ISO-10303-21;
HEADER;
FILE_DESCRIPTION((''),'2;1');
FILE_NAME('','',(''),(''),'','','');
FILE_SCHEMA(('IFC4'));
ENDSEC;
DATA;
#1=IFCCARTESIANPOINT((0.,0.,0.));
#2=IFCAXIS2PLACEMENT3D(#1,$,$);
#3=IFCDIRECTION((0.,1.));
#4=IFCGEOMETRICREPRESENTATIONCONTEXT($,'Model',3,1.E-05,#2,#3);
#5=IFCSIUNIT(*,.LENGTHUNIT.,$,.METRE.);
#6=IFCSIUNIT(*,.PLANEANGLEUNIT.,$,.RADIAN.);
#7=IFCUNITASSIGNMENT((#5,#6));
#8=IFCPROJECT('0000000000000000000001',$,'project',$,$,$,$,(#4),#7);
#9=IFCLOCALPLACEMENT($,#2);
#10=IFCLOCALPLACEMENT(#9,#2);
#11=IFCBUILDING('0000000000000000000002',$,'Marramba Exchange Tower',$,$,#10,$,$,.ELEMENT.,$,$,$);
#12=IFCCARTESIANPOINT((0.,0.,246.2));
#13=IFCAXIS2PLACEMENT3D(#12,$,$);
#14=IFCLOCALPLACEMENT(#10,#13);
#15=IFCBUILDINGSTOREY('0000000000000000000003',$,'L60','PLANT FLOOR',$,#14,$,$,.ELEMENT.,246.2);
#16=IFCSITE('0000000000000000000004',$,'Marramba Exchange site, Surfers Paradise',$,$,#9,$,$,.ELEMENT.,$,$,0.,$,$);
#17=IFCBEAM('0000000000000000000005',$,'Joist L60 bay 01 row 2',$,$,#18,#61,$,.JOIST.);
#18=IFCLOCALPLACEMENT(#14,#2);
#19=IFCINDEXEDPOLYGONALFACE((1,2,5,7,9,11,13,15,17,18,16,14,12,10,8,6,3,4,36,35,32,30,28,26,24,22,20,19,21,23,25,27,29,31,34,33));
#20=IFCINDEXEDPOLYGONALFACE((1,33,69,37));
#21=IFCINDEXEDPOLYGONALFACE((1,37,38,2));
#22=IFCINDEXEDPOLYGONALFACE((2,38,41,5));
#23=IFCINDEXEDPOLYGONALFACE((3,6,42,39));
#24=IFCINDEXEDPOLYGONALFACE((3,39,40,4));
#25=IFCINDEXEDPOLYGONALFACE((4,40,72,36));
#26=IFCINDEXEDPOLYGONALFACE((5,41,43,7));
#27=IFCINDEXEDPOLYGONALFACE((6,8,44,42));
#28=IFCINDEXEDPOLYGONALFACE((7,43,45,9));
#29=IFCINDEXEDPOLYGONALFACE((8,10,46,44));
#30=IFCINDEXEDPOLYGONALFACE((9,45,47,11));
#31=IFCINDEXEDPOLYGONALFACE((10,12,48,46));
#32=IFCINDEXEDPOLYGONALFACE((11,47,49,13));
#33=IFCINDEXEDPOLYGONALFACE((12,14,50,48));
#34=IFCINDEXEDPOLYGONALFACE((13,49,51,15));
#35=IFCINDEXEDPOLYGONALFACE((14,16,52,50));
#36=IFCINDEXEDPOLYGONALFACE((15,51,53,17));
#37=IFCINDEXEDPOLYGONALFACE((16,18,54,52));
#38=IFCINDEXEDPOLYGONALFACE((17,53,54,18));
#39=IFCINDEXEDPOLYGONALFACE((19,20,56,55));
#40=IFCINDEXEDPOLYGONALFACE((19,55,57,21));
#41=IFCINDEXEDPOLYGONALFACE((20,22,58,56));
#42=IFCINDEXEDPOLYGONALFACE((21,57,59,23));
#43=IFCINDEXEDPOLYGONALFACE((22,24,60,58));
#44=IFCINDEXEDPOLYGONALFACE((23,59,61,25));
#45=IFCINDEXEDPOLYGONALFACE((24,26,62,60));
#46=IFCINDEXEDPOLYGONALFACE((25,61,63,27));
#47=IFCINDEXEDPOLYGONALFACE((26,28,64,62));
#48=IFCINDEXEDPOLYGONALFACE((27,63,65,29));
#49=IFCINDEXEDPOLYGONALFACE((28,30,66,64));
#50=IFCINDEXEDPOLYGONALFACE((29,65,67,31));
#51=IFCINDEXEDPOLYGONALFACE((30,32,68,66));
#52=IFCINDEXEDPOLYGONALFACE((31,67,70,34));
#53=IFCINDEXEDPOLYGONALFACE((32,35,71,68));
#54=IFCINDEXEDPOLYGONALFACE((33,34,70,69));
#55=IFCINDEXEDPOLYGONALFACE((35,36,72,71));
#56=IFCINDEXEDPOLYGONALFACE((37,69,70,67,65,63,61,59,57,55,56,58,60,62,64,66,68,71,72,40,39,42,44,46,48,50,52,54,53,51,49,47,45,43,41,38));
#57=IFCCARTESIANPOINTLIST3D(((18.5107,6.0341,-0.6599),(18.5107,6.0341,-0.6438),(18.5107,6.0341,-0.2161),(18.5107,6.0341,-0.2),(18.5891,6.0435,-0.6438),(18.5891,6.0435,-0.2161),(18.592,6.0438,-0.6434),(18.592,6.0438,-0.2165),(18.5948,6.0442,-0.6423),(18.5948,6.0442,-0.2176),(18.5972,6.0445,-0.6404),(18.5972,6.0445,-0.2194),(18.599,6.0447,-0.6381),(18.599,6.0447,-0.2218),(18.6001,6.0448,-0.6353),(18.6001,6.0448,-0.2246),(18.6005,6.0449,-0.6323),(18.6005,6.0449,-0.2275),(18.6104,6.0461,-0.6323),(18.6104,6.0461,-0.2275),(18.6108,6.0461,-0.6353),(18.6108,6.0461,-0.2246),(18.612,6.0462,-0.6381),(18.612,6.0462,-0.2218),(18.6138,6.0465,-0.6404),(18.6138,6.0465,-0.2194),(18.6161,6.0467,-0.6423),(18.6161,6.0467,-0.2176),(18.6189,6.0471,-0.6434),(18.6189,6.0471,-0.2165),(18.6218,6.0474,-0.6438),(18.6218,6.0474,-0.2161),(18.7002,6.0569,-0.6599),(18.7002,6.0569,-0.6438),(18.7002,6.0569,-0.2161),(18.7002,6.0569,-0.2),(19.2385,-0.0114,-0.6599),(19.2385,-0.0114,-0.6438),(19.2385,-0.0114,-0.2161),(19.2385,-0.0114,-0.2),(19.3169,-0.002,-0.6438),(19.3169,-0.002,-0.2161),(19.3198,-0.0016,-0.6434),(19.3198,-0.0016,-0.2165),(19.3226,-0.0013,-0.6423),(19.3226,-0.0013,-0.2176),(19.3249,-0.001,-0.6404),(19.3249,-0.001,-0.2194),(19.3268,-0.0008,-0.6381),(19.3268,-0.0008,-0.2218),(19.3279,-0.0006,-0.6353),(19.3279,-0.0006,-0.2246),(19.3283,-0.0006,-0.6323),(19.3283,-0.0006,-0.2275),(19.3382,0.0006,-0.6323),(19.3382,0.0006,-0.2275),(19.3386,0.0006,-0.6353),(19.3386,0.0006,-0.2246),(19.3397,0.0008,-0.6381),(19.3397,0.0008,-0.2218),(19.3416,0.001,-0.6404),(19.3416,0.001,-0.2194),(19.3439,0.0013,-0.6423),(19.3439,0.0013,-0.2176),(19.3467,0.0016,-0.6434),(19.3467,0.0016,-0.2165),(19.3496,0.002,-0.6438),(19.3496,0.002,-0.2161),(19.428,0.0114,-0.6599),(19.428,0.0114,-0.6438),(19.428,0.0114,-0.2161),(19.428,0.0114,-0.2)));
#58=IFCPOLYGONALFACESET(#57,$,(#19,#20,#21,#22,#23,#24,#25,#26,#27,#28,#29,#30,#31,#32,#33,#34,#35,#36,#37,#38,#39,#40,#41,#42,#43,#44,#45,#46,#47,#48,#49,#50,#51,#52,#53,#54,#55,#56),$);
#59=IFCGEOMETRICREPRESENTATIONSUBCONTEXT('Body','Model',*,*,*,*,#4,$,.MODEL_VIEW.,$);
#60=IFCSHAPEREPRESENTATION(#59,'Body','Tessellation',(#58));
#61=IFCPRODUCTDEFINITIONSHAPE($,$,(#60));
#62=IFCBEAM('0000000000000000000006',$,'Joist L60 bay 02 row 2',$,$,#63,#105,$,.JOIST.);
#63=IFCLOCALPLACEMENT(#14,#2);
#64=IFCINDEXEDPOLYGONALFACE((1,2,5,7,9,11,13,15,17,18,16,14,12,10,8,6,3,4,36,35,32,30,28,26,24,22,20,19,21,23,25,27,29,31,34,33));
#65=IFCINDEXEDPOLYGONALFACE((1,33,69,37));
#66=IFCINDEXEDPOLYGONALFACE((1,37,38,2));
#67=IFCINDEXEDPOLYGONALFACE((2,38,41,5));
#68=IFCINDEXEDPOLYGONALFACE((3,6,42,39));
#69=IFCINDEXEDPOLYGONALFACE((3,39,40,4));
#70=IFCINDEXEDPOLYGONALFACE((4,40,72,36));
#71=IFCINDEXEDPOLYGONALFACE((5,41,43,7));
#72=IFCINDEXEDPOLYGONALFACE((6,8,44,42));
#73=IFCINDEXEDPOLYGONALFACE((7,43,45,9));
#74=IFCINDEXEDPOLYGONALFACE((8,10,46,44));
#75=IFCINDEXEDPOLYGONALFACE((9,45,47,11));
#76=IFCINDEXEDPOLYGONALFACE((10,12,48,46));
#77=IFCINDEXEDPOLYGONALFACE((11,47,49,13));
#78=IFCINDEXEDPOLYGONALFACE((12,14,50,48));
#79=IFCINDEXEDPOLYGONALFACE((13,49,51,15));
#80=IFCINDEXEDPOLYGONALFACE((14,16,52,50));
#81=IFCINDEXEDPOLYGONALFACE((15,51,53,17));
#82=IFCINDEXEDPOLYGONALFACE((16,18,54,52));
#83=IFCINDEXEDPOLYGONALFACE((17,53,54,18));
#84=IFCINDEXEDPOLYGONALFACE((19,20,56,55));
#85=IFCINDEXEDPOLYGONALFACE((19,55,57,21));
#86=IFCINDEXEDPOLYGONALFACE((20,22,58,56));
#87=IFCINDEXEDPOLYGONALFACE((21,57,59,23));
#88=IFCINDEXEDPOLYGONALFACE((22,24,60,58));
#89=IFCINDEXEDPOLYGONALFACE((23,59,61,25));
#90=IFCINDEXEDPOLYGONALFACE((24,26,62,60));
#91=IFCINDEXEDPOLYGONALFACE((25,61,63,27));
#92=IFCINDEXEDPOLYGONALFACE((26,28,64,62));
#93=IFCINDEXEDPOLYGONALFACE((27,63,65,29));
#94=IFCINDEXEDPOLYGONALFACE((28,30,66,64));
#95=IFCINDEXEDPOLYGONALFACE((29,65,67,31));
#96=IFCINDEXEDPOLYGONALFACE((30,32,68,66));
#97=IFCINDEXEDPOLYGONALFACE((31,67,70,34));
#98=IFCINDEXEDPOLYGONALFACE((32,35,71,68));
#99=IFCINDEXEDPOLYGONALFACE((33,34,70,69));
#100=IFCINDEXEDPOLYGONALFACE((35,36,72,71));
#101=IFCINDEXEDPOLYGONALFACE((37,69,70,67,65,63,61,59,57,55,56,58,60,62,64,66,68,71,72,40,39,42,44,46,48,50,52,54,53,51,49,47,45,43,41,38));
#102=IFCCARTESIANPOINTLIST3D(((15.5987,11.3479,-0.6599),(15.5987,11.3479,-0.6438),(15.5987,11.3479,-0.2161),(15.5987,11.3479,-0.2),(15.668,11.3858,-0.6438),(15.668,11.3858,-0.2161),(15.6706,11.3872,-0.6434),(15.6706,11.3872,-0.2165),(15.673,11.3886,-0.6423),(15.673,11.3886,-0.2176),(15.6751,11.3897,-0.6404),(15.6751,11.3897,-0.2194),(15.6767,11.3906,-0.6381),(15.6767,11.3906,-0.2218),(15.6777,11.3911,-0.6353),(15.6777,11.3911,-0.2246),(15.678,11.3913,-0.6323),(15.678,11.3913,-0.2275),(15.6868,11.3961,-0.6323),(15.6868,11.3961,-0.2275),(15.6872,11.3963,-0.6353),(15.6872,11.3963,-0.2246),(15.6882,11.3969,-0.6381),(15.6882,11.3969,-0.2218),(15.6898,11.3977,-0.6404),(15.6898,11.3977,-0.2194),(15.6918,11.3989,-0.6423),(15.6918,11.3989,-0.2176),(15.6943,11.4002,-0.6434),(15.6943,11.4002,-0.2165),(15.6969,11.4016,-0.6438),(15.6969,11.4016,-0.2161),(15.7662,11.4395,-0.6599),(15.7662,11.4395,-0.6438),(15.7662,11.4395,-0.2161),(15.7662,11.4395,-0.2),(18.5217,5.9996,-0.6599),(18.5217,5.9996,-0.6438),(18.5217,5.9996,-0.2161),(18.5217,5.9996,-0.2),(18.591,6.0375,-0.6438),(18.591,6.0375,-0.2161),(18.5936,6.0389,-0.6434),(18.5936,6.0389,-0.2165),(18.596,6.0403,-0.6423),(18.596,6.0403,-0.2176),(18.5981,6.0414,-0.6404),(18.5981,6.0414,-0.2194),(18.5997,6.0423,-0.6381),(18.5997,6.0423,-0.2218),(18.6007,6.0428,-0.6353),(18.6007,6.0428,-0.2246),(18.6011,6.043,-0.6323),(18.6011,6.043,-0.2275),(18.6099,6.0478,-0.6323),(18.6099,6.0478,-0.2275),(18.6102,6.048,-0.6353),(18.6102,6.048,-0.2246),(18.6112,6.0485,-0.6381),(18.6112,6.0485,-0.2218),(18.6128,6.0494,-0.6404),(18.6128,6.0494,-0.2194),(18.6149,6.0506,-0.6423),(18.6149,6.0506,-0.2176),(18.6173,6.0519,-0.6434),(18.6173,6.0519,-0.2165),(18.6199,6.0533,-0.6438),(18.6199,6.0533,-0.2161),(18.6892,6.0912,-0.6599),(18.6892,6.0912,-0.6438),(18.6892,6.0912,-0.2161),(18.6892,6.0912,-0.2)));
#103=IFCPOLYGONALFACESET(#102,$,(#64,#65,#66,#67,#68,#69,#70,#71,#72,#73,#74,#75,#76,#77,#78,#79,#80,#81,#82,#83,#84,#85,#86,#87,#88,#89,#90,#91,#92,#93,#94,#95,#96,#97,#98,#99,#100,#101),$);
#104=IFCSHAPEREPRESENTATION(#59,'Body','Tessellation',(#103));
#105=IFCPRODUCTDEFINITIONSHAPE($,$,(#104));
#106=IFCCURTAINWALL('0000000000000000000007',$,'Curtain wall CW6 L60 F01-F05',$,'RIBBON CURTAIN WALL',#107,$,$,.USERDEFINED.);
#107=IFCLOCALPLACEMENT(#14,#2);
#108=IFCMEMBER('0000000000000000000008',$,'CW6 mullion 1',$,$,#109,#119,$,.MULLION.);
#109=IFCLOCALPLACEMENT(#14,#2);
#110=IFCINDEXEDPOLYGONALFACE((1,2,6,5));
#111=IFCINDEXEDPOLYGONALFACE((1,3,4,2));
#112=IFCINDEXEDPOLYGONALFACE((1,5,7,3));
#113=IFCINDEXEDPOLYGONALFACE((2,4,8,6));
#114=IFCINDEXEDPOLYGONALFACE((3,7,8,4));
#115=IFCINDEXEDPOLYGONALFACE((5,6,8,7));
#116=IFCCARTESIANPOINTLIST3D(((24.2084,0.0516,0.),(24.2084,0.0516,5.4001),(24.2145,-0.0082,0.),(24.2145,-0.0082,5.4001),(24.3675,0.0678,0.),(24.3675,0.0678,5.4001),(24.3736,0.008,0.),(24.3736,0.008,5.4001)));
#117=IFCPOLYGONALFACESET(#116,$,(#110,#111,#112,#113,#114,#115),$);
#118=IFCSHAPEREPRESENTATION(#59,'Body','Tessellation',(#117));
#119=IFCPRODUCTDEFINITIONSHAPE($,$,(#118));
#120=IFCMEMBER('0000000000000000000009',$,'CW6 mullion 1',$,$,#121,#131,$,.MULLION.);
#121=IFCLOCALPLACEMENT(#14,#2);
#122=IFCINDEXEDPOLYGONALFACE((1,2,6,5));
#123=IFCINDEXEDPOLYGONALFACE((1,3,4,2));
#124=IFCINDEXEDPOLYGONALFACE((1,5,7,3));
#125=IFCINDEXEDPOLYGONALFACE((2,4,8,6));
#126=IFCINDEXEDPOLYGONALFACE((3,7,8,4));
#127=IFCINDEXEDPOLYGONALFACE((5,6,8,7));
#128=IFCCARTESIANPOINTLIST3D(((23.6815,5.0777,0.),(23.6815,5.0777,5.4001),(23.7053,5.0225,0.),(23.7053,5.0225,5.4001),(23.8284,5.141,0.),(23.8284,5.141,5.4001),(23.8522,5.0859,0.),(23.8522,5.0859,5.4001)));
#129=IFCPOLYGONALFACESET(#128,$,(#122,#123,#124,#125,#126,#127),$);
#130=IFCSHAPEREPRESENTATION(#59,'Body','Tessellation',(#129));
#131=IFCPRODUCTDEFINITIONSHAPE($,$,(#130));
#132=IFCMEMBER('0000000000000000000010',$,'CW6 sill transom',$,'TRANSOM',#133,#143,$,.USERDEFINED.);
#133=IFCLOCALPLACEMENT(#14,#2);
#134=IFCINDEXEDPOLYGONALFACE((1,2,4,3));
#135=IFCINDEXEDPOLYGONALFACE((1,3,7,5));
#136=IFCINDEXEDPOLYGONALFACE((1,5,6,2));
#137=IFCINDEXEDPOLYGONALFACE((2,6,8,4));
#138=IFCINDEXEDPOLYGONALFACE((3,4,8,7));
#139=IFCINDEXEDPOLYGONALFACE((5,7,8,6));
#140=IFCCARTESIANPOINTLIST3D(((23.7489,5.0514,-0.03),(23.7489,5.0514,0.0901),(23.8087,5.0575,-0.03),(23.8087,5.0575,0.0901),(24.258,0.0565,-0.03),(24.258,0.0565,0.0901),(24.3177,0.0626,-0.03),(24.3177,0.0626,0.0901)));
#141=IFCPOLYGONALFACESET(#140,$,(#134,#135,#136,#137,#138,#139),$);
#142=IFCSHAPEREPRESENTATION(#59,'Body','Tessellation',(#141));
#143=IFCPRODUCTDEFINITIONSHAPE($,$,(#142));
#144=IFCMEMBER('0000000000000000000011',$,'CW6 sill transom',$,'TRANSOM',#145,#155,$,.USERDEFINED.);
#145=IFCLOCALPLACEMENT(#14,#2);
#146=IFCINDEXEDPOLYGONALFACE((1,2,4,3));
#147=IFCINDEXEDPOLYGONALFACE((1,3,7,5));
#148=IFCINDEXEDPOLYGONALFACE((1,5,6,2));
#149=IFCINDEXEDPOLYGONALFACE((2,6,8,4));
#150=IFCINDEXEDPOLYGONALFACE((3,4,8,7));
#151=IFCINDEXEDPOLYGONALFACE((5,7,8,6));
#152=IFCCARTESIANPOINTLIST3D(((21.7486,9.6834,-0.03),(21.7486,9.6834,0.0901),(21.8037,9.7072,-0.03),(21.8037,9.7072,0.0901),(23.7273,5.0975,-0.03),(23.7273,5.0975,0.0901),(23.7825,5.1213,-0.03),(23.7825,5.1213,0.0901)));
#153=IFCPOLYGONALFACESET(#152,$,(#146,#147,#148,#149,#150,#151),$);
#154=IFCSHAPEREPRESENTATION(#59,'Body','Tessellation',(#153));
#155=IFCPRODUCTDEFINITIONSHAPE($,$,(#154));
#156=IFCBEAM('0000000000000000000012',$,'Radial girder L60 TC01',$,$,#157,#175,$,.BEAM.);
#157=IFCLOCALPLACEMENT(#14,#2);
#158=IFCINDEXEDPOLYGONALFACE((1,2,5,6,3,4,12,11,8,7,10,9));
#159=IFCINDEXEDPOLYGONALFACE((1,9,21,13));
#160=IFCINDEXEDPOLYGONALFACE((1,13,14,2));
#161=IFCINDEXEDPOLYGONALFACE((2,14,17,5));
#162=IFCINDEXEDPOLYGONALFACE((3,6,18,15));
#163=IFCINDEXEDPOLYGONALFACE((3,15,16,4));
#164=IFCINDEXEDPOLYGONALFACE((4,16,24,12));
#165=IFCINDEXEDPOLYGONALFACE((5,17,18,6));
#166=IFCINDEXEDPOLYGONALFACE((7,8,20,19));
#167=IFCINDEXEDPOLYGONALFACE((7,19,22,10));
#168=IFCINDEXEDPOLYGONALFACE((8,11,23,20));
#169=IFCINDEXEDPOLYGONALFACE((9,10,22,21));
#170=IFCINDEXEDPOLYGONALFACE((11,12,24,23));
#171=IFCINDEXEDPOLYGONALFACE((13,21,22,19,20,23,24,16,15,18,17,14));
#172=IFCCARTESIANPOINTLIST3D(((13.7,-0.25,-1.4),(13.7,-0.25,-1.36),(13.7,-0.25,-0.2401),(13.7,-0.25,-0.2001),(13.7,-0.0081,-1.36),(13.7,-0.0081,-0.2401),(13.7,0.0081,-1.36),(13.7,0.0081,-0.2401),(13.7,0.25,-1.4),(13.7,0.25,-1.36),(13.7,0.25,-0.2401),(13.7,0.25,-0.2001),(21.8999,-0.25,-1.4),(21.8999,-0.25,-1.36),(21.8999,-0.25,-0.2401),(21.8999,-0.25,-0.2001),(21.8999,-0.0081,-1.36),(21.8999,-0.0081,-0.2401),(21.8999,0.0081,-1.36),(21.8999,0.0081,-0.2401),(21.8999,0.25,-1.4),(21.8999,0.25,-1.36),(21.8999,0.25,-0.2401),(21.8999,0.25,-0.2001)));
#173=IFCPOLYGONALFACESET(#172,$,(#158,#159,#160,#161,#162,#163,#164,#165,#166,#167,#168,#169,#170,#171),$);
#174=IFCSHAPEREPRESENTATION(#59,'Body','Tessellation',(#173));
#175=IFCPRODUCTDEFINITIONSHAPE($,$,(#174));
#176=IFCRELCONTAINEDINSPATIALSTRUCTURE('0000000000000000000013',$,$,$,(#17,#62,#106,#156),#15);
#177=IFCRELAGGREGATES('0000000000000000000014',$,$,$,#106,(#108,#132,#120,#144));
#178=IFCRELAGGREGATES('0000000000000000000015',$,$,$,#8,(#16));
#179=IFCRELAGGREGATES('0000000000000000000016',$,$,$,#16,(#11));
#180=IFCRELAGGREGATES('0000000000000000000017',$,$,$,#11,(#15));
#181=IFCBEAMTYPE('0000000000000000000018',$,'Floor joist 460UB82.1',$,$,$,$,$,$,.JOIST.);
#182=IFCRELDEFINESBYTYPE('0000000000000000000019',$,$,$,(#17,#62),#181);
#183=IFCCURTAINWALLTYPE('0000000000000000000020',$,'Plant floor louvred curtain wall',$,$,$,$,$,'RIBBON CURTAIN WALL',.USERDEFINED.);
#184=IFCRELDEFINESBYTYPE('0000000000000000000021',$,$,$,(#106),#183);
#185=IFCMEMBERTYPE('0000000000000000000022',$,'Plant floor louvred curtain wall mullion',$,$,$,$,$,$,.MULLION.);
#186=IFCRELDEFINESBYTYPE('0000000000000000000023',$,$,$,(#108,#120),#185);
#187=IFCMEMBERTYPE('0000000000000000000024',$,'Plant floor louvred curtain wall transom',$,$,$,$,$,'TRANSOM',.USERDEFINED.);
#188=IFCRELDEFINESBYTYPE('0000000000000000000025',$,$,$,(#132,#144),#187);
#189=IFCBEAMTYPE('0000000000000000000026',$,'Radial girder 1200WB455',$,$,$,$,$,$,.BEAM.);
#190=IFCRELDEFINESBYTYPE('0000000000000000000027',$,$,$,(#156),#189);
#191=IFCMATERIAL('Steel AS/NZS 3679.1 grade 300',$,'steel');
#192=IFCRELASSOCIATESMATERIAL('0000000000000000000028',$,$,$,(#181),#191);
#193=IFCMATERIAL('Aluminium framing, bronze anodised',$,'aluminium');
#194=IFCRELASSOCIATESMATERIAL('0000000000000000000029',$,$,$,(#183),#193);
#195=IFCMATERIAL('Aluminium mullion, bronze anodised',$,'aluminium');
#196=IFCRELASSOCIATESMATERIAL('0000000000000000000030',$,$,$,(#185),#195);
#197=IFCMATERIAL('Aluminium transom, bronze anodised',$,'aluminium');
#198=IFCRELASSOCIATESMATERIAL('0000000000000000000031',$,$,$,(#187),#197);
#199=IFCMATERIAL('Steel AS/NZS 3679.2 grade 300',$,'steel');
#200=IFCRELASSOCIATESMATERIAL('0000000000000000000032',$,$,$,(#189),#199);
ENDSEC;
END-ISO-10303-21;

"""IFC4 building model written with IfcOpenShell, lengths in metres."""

from ifc_helpers import new_model, si_unit, direction, frame, origin, origin_2d, place, context, subcontext, project, spatial, rectangle, i_section, extrude, material, material_profile, profile_set, type_object, element, aggregate, save


model = new_model("IFC4")

# Units and contexts
model_context = context("Model", 3, precision=1e-05, world=origin(), true_north=direction((0.0, 1.0)))
body_context = subcontext(model_context, "Body", "Model", "MODEL_VIEW")
ifc_project = project(units=[si_unit("LENGTHUNIT", "METRE"), si_unit("PLANEANGLEUNIT", "RADIAN")], contexts=[model_context])

# Site, building, storey
site_placement = place(None, origin())
site = spatial("IfcSite", under=ifc_project, at=site_placement, Name="Marramba Exchange site, Surfers Paradise", CompositionType="ELEMENT", RefElevation=0.0)
building_placement = place(site_placement, origin())
building = spatial("IfcBuilding", under=site, at=building_placement, Name="Marramba Exchange Tower", CompositionType="ELEMENT")
storey_placement = place(building_placement, frame((0.0, 0.0, 246.2)))
storey = spatial("IfcBuildingStorey", under=building, at=storey_placement, Name="L60", Description="PLANT FLOOR", CompositionType="ELEMENT", Elevation=246.2)

# Shared definitions
ifc_material_1 = material(Name="Steel AS/NZS 3679.2 grade 300", Category="steel")

# Beams
ifc_material_2 = material(Name="Steel AS/NZS 3679.1 grade 300", Category="steel")
ifc_material_profile_1 = material_profile(ifc_material_2, i_section(OverallWidth=0.1909, OverallDepth=0.46, WebThickness=0.01, FlangeThickness=0.0161, FilletRadius=0.0115, at=origin_2d()), Name="460UB82.1")
ifc_profile_set_1 = profile_set([ifc_material_profile_1], Name="Steel AS/NZS 3679.1 grade 300")
beam_type_1 = type_object("IfcBeamType", Name="Floor joist 460UB82.1", PredefinedType="JOIST", material=ifc_profile_set_1)
beam_1_placement = place(storey_placement, frame((19.3333, 0.0, -0.4299), z_axis=(-0.119523, 0.992831, 0.0), x_axis=(-0.992831, -0.119523, 0.0)))
element("IfcBeam", 1, at=beam_1_placement, inside=storey, type_object=beam_type_1, Name="Joist L60 bay 01 row 2", PredefinedType="JOIST", context=body_context, shape_type="SweptSolid", body=[
    extrude(i_section(OverallWidth=0.1909, OverallDepth=0.46, WebThickness=0.01, FlangeThickness=0.0161, FilletRadius=0.0115, at=origin_2d()), origin(), (0.0, 0.0, 1.0), 6.0891),
])
beam_2_placement = place(storey_placement, frame((18.6055, 6.0454, -0.4299), z_axis=(-0.479584, 0.877496, 0.0), x_axis=(-0.877496, -0.479584, 0.0)))
element("IfcBeam", 2, at=beam_2_placement, inside=storey, type_object=beam_type_1, Name="Joist L60 bay 02 row 2", PredefinedType="JOIST", context=body_context, shape_type="SweptSolid", body=[
    extrude(i_section(OverallWidth=0.1909, OverallDepth=0.46, WebThickness=0.01, FlangeThickness=0.0161, FilletRadius=0.0115, at=origin_2d()), origin(), (0.0, 0.0, 1.0), 6.095),
])

# Curtain wall, members
ifc_material_3 = material(Name="Aluminium framing, bronze anodised", Category="aluminium")
curtain_wall_type = type_object("IfcCurtainWallType", Name="Plant floor louvred curtain wall", ElementType="RIBBON CURTAIN WALL", PredefinedType="USERDEFINED", material=ifc_material_3)
curtain_wall_placement = place(storey_placement, origin())
curtain_wall = element("IfcCurtainWall", 3, at=curtain_wall_placement, inside=storey, type_object=curtain_wall_type, Name="Curtain wall CW6 L60 F01-F05", ObjectType="RIBBON CURTAIN WALL", PredefinedType="USERDEFINED")
ifc_material_4 = material(Name="Aluminium mullion, bronze anodised", Category="aluminium")
ifc_material_profile_2 = material_profile(ifc_material_4, rectangle(XDim=0.1599, YDim=0.0601, at=origin_2d()), Name="CW6 mullion 60x160")
ifc_profile_set_2 = profile_set([ifc_material_profile_2], Name="Aluminium mullion, bronze anodised")
member_type_1 = type_object("IfcMemberType", Name="Plant floor louvred curtain wall mullion", PredefinedType="MULLION", material=ifc_profile_set_2)
member_1_placement = place(storey_placement, frame((24.291, 0.0298, 0.0), z_axis=(0.0, 0.0, 1.0), x_axis=(-0.994843, -0.101422, 0.0)))
member_1 = element("IfcMember", 4, at=member_1_placement, type_object=member_type_1, Name="CW6 mullion 1", PredefinedType="MULLION", context=body_context, shape_type="SweptSolid", body=[
    extrude(rectangle(XDim=0.1599, YDim=0.0601, at=origin_2d()), origin(), (0.0, 0.0, 1.0), 5.4001),
])
member_2_placement = place(storey_placement, frame((23.7668, 5.0818, 0.0), z_axis=(0.0, 0.0, 1.0), x_axis=(-0.918167, -0.396193, 0.0)))
member_2 = element("IfcMember", 5, at=member_2_placement, type_object=member_type_1, Name="CW6 mullion 1", PredefinedType="MULLION", context=body_context, shape_type="SweptSolid", body=[
    extrude(rectangle(XDim=0.1599, YDim=0.0601, at=origin_2d()), origin(), (0.0, 0.0, 1.0), 5.4001),
])
ifc_material_5 = material(Name="Aluminium transom, bronze anodised", Category="aluminium")
ifc_material_profile_3 = material_profile(ifc_material_5, rectangle(XDim=0.0601, YDim=0.1201, at=origin_2d()), Name="CW6 transom 60x120")
ifc_profile_set_3 = profile_set([ifc_material_profile_3], Name="Aluminium transom, bronze anodised")
member_type_2 = type_object("IfcMemberType", Name="Plant floor louvred curtain wall transom", ElementType="TRANSOM", PredefinedType="USERDEFINED", material=ifc_profile_set_3)
member_3_placement = place(storey_placement, frame((24.2878, 0.0596, 0.03), z_axis=(-0.101386, 0.994847, 0.0), x_axis=(-0.994847, -0.101386, 0.0)))
member_3 = element("IfcMember", 6, at=member_3_placement, type_object=member_type_2, Name="CW6 sill transom", ObjectType="TRANSOM", PredefinedType="USERDEFINED", context=body_context, shape_type="SweptSolid", body=[
    extrude(rectangle(XDim=0.0601, YDim=0.1201, at=origin_2d()), origin(), (0.0, 0.0, 1.0), 5.0208),
])
member_4_placement = place(storey_placement, frame((23.7549, 5.1094, 0.03), z_axis=(-0.396178, 0.918174, 0.0), x_axis=(-0.918174, -0.396178, 0.0)))
member_4 = element("IfcMember", 7, at=member_4_placement, type_object=member_type_2, Name="CW6 sill transom", ObjectType="TRANSOM", PredefinedType="USERDEFINED", context=body_context, shape_type="SweptSolid", body=[
    extrude(rectangle(XDim=0.0601, YDim=0.1201, at=origin_2d()), origin(), (0.0, 0.0, 1.0), 4.9946),
])

# Beam
ifc_material_profile_4 = material_profile(ifc_material_1, i_section(OverallWidth=0.5, OverallDepth=1.2, WebThickness=0.0161, FlangeThickness=0.04, at=origin_2d()), Name="1200WB455")
ifc_profile_set_4 = profile_set([ifc_material_profile_4], Name="Steel AS/NZS 3679.2 grade 300")
beam_type_2 = type_object("IfcBeamType", Name="Radial girder 1200WB455", PredefinedType="BEAM", material=ifc_profile_set_4)
beam_3_placement = place(storey_placement, frame((13.7, 0.0, -0.8), z_axis=(1.0, 0.0, 0.0), x_axis=(0.0, 1.0, 0.0)))
element("IfcBeam", 8, at=beam_3_placement, inside=storey, type_object=beam_type_2, Name="Radial girder L60 TC01", PredefinedType="BEAM", context=body_context, shape_type="SweptSolid", body=[
    extrude(i_section(OverallWidth=0.5, OverallDepth=1.2, WebThickness=0.0161, FlangeThickness=0.04, at=origin_2d()), origin(), (0.0, 0.0, 1.0), 8.2),
])

aggregate(curtain_wall, [member_1, member_3, member_2, member_4])

save(model, "model.ifc")
